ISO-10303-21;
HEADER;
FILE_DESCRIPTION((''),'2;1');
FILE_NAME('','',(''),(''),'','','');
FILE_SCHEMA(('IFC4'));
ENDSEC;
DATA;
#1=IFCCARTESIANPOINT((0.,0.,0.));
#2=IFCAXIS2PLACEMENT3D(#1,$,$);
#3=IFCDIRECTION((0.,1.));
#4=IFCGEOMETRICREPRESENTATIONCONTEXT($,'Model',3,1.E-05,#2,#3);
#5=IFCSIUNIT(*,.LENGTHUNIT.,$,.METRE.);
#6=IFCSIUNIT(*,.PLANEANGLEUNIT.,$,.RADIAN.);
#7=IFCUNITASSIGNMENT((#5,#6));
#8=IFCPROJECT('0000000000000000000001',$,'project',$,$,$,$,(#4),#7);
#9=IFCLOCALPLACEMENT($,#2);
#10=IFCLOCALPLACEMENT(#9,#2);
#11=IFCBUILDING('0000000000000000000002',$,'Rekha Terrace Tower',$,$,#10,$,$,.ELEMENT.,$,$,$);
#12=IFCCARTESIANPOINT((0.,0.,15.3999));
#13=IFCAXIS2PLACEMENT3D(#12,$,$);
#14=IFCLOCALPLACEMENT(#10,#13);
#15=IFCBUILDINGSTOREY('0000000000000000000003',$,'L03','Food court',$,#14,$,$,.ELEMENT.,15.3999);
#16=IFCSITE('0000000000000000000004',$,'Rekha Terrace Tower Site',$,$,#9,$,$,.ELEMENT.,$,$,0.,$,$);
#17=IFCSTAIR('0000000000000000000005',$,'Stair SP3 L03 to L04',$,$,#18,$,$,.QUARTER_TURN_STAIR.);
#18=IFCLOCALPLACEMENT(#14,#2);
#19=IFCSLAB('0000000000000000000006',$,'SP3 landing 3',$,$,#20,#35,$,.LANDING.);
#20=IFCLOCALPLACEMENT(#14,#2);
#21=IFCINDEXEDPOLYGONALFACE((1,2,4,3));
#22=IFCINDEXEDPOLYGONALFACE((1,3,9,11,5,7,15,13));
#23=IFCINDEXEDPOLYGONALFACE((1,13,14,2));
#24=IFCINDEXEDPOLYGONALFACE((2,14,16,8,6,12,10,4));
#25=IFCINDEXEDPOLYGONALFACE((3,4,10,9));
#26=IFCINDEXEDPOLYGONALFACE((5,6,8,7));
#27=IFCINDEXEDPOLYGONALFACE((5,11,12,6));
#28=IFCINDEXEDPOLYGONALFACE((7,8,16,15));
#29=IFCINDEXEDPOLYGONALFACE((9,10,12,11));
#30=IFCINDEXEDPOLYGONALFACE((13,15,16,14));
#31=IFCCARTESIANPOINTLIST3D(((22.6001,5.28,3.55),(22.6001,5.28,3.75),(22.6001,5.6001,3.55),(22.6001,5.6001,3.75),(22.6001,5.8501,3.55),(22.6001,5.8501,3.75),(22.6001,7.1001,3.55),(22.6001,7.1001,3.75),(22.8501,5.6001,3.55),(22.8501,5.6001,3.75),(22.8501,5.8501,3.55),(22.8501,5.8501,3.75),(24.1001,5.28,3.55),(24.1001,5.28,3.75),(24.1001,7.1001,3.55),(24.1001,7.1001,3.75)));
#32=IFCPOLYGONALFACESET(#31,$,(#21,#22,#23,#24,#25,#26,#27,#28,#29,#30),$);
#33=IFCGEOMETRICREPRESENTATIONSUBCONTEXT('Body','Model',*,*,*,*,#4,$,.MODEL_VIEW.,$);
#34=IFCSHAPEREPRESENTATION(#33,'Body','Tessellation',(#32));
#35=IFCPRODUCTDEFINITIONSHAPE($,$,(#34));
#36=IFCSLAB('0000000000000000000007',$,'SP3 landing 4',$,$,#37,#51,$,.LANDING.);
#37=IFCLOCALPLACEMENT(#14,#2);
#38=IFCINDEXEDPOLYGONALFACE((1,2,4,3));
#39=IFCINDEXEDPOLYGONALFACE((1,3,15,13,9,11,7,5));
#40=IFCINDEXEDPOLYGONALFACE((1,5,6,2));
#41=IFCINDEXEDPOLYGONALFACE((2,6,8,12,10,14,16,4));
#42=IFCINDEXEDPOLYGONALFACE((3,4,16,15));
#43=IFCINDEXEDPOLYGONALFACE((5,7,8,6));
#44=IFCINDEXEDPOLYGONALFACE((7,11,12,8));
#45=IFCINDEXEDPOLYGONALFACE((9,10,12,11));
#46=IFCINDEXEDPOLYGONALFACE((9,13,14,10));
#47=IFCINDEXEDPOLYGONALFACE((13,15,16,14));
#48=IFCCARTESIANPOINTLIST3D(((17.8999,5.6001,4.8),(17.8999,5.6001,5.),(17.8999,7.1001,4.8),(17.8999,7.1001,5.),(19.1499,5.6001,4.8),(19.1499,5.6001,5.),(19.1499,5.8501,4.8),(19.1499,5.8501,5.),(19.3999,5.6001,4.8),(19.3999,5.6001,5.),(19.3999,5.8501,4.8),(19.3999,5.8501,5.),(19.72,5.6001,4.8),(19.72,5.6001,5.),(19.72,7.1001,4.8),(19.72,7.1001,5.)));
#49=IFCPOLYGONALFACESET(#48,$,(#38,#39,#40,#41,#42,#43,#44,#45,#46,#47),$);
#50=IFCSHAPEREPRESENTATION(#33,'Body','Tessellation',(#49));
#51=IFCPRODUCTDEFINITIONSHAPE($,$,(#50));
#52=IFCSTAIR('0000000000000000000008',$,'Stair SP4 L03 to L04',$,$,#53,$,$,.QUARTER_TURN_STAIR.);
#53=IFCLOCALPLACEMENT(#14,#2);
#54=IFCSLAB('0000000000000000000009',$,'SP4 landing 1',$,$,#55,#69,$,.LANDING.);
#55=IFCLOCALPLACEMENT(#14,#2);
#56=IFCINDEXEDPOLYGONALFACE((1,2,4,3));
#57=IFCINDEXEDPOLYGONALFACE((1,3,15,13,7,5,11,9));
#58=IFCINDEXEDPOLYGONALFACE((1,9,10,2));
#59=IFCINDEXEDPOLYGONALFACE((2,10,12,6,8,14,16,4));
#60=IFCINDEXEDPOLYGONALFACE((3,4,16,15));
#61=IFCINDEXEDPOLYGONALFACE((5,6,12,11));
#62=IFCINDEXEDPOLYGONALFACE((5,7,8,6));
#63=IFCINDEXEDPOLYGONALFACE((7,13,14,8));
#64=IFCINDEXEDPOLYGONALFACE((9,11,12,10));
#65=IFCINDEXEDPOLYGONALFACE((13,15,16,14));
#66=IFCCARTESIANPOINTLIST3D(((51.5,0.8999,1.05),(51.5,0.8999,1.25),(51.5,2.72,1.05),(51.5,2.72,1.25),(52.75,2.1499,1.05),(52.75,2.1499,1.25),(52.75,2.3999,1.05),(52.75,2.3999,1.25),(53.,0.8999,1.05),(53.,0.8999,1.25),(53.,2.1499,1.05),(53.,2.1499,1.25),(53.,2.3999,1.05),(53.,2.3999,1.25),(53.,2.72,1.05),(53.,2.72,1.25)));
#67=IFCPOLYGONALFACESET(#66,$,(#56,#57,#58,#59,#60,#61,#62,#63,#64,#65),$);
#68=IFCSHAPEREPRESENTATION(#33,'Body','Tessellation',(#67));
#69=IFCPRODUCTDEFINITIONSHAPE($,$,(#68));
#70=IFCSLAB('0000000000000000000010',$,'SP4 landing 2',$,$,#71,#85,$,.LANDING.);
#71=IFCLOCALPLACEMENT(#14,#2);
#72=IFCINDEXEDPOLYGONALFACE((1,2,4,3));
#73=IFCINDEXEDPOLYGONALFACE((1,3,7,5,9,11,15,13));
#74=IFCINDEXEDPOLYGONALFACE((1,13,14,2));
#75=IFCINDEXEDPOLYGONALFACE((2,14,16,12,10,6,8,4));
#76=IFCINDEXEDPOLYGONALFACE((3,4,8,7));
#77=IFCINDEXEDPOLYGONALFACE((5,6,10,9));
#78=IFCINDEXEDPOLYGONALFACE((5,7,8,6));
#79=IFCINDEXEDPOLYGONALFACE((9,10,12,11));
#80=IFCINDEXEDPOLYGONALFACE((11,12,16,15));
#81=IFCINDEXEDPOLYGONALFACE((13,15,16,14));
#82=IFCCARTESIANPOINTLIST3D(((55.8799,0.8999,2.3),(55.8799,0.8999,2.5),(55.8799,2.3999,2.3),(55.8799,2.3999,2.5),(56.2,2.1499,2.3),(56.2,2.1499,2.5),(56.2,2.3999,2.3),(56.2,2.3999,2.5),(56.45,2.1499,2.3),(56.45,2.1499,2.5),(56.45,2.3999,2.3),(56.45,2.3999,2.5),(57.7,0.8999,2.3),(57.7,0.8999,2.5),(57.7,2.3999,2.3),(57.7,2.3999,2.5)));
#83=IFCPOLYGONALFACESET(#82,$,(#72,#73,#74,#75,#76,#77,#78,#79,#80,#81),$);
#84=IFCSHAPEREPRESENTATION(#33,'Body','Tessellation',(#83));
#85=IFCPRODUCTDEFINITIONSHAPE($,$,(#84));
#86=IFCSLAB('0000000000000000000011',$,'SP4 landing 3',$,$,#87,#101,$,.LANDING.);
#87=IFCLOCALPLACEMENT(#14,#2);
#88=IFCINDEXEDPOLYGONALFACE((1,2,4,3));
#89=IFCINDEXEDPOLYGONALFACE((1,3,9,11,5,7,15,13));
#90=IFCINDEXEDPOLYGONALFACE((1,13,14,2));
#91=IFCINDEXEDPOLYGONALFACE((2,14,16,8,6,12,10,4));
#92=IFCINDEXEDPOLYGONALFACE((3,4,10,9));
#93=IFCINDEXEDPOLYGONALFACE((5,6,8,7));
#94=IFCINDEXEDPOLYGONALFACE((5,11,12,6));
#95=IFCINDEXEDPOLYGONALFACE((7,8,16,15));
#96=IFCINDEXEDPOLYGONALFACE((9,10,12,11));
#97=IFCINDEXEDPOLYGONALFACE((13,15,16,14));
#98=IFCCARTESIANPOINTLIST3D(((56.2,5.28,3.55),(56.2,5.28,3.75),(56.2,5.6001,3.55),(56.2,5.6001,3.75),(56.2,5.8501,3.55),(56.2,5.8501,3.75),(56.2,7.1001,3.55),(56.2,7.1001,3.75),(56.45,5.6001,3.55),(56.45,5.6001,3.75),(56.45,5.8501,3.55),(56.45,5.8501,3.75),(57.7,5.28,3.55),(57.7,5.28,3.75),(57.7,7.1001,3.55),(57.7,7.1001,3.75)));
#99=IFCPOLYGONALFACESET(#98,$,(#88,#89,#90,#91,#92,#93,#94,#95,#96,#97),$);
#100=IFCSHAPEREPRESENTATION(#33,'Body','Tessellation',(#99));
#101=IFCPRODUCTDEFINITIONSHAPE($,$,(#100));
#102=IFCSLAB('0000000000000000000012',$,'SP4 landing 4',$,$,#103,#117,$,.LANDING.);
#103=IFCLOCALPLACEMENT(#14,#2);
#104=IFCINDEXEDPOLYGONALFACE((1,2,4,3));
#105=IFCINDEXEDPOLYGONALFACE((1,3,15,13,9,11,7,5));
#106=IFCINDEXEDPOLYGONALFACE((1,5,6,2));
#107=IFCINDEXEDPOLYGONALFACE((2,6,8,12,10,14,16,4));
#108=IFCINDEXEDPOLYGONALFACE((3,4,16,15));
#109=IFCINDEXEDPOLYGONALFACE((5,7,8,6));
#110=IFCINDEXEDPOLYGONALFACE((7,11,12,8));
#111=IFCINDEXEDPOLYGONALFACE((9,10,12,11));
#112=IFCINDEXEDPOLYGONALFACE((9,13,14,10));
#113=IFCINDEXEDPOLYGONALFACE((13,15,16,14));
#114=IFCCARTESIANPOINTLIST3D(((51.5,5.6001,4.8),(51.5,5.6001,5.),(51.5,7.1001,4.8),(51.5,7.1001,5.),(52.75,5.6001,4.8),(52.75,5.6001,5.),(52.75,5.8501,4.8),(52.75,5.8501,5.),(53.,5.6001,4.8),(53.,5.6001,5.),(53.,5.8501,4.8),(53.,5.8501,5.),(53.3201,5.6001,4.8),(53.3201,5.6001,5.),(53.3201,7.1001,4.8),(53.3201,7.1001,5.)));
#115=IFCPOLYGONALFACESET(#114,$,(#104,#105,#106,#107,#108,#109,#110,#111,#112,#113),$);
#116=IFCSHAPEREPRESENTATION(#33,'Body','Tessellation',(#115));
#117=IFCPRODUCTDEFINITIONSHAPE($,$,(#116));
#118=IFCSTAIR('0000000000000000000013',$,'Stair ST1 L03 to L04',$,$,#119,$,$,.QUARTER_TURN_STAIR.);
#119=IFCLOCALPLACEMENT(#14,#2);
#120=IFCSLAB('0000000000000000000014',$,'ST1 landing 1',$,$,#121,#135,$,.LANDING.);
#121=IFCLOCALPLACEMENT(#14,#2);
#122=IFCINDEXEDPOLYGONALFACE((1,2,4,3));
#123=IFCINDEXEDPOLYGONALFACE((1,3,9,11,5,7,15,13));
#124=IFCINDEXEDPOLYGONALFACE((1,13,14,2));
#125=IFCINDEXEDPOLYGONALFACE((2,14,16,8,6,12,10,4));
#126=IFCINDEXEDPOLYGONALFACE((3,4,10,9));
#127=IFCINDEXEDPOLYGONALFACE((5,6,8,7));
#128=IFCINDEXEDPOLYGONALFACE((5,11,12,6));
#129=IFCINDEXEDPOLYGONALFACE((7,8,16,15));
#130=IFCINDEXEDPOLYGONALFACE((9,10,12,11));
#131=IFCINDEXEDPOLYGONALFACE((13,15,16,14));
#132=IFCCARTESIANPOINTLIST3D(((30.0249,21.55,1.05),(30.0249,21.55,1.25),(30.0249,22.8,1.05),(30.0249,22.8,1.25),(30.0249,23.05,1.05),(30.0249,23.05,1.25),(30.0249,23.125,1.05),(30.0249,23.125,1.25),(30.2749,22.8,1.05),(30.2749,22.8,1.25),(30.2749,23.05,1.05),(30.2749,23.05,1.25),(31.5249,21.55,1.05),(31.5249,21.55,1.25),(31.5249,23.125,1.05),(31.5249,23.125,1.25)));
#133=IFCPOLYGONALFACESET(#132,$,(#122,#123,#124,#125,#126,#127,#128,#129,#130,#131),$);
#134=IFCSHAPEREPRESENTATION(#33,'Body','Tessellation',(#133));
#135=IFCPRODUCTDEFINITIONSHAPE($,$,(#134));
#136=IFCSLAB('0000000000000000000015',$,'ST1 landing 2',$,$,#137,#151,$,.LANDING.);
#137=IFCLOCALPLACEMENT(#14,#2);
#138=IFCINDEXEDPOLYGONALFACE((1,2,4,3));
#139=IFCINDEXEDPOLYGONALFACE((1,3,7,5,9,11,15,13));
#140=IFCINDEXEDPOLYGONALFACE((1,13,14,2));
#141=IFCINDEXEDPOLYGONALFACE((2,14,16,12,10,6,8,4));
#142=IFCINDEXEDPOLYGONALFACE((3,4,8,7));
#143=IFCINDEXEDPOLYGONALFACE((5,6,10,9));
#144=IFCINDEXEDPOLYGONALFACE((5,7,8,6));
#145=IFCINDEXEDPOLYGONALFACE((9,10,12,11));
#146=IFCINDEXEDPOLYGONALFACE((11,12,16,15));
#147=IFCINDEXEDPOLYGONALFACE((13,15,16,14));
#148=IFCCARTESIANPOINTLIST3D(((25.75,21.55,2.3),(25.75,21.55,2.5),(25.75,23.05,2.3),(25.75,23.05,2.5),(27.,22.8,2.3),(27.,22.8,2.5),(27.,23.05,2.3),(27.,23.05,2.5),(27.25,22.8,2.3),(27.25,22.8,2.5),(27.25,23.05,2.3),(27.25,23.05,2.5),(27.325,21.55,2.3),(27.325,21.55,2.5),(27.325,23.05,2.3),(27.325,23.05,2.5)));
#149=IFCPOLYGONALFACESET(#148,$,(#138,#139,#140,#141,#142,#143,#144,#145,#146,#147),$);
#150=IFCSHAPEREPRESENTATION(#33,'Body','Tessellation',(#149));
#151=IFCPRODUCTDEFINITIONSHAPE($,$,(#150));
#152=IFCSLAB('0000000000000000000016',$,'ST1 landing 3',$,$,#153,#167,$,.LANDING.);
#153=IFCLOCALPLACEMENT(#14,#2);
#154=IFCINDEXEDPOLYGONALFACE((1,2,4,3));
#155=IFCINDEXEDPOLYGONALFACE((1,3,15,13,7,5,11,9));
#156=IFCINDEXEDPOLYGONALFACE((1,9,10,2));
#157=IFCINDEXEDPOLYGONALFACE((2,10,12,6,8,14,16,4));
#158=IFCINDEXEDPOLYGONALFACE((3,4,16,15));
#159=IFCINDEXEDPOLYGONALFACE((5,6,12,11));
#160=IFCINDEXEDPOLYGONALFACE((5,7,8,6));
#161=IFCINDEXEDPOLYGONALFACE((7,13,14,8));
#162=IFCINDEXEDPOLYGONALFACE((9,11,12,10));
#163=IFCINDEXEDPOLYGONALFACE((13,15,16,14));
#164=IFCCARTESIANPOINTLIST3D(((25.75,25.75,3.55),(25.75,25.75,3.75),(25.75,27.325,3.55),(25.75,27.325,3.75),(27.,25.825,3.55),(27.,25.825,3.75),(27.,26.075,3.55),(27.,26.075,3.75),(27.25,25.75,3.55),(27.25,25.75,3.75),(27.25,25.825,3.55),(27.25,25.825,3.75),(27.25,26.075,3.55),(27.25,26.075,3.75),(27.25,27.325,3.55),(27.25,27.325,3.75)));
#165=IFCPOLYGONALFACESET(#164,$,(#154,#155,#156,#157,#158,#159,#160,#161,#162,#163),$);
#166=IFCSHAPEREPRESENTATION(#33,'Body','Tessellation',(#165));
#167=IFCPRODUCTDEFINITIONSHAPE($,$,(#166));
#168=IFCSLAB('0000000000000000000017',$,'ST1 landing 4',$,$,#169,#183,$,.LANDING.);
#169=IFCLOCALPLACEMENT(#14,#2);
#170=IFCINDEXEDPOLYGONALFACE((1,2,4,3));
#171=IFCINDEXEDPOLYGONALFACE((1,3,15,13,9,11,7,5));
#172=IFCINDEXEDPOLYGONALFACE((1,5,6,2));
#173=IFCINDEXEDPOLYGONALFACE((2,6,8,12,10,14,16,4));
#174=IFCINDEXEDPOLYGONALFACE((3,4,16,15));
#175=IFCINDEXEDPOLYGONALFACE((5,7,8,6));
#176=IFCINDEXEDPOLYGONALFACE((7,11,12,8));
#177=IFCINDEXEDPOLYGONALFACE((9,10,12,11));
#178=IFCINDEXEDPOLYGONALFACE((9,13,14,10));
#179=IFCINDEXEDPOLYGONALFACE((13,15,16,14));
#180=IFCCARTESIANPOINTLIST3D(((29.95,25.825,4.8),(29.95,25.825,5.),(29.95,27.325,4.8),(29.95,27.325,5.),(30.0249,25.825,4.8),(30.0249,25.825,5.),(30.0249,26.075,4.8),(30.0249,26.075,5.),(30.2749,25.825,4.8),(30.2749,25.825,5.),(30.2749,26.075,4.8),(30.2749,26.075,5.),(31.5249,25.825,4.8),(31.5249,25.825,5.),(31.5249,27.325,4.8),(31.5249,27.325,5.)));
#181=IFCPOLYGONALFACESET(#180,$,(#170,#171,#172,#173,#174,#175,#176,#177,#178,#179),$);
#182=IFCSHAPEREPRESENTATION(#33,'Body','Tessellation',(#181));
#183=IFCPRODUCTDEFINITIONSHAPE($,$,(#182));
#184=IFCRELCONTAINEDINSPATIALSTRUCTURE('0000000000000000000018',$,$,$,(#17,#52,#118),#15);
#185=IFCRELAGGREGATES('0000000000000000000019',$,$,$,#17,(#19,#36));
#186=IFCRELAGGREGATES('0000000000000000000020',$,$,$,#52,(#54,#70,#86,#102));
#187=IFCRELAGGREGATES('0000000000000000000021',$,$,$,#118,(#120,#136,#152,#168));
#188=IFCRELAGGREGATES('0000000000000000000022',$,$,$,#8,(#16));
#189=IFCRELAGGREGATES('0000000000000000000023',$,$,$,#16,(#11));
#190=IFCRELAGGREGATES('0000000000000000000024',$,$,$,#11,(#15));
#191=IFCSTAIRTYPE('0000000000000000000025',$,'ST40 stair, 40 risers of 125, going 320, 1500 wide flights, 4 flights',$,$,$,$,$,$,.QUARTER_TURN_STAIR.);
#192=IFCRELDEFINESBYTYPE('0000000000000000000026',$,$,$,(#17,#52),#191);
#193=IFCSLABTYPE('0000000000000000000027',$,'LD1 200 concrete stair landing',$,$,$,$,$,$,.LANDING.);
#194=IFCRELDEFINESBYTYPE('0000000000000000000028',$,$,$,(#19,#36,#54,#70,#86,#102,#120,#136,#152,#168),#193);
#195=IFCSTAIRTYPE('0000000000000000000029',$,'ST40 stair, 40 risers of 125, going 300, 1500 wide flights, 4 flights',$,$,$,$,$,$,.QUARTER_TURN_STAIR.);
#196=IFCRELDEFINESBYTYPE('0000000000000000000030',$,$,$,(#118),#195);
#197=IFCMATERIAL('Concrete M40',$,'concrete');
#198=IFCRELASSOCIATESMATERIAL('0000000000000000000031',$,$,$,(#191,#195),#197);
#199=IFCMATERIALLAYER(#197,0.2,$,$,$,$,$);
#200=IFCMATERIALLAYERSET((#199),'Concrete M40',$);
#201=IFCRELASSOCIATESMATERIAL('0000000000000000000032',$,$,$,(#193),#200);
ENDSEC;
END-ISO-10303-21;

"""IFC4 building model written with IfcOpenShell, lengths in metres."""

from ifc_helpers import new_model, si_unit, direction, frame, origin, place, context, subcontext, project, spatial, polyline, outline, extrude, material, layer, layer_set, type_object, element, aggregate, save


model = new_model("IFC4")

# Units and contexts
model_context = context("Model", 3, precision=1e-05, world=origin(), true_north=direction((0.0, 1.0)))
body_context = subcontext(model_context, "Body", "Model", "MODEL_VIEW")
ifc_project = project(units=[si_unit("LENGTHUNIT", "METRE"), si_unit("PLANEANGLEUNIT", "RADIAN")], contexts=[model_context])

# Site, building, storey
site_placement = place(None, origin())
site = spatial("IfcSite", under=ifc_project, at=site_placement, Name="Rekha Terrace Tower Site", CompositionType="ELEMENT", RefElevation=0.0)
building_placement = place(site_placement, origin())
building = spatial("IfcBuilding", under=site, at=building_placement, Name="Rekha Terrace Tower", CompositionType="ELEMENT")
storey_placement = place(building_placement, frame((0.0, 0.0, 15.3999)))
storey = spatial("IfcBuildingStorey", under=building, at=storey_placement, Name="L03", Description="Food court", CompositionType="ELEMENT", Elevation=15.3999)

# Stairs, slabs
ifc_material_1 = material(Name="Concrete M40", Category="concrete")
stair_type_1 = type_object("IfcStairType", Name="ST40 stair, 40 risers of 125, going 320, 1500 wide flights, 4 flights", PredefinedType="QUARTER_TURN_STAIR", material=ifc_material_1)
ifc_layer_1 = layer(ifc_material_1, 0.2)
ifc_layer_set_1 = layer_set([ifc_layer_1], Name="Concrete M40")
slab_type_1 = type_object("IfcSlabType", Name="LD1 200 concrete stair landing", PredefinedType="LANDING", material=ifc_layer_set_1)
stair_1_placement = place(storey_placement, origin())
stair_1 = element("IfcStair", 1, at=stair_1_placement, inside=storey, type_object=stair_type_1, Name="Stair SP3 L03 to L04", PredefinedType="QUARTER_TURN_STAIR")
slab_1_placement = place(storey_placement, frame((0.0, 0.0, 3.55)))
slab_1 = element("IfcSlab", 2, at=slab_1_placement, type_object=slab_type_1, Name="SP3 landing 3", PredefinedType="LANDING", context=body_context, shape_type="SweptSolid", body=[
    extrude(outline(polyline([(22.6001, 7.1001), (24.1001, 7.1001), (24.1001, 5.28), (22.6001, 5.28), (22.6001, 5.6001), (22.8501, 5.6001), (22.8501, 5.8501), (22.6001, 5.8501), (22.6001, 7.1001)])), origin(), (0.0, 0.0, 1.0), 0.2),
])
slab_2_placement = place(storey_placement, frame((0.0, 0.0, 4.8)))
slab_2 = element("IfcSlab", 3, at=slab_2_placement, type_object=slab_type_1, Name="SP3 landing 4", PredefinedType="LANDING", context=body_context, shape_type="SweptSolid", body=[
    extrude(outline(polyline([(17.8999, 5.6001), (17.8999, 7.1001), (19.72, 7.1001), (19.72, 5.6001), (19.3999, 5.6001), (19.3999, 5.8501), (19.1499, 5.8501), (19.1499, 5.6001), (17.8999, 5.6001)])), origin(), (0.0, 0.0, 1.0), 0.2),
])
aggregate(stair_1, [slab_1, slab_2])
stair_2_placement = place(storey_placement, origin())
stair_2 = element("IfcStair", 4, at=stair_2_placement, inside=storey, type_object=stair_type_1, Name="Stair SP4 L03 to L04", PredefinedType="QUARTER_TURN_STAIR")
slab_3_placement = place(storey_placement, frame((0.0, 0.0, 1.05)))
slab_3 = element("IfcSlab", 5, at=slab_3_placement, type_object=slab_type_1, Name="SP4 landing 1", PredefinedType="LANDING", context=body_context, shape_type="SweptSolid", body=[
    extrude(outline(polyline([(53.0, 0.8999), (51.5, 0.8999), (51.5, 2.72), (53.0, 2.72), (53.0, 2.3999), (52.75, 2.3999), (52.75, 2.1499), (53.0, 2.1499), (53.0, 0.8999)])), origin(), (0.0, 0.0, 1.0), 0.2),
])
slab_4_placement = place(storey_placement, frame((0.0, 0.0, 2.3)))
slab_4 = element("IfcSlab", 6, at=slab_4_placement, type_object=slab_type_1, Name="SP4 landing 2", PredefinedType="LANDING", context=body_context, shape_type="SweptSolid", body=[
    extrude(outline(polyline([(57.7, 2.3999), (57.7, 0.8999), (55.8799, 0.8999), (55.8799, 2.3999), (56.2, 2.3999), (56.2, 2.1499), (56.45, 2.1499), (56.45, 2.3999), (57.7, 2.3999)])), origin(), (0.0, 0.0, 1.0), 0.2),
])
slab_5_placement = place(storey_placement, frame((0.0, 0.0, 3.55)))
slab_5 = element("IfcSlab", 7, at=slab_5_placement, type_object=slab_type_1, Name="SP4 landing 3", PredefinedType="LANDING", context=body_context, shape_type="SweptSolid", body=[
    extrude(outline(polyline([(56.2, 7.1001), (57.7, 7.1001), (57.7, 5.28), (56.2, 5.28), (56.2, 5.6001), (56.45, 5.6001), (56.45, 5.8501), (56.2, 5.8501), (56.2, 7.1001)])), origin(), (0.0, 0.0, 1.0), 0.2),
])
slab_6_placement = place(storey_placement, frame((0.0, 0.0, 4.8)))
slab_6 = element("IfcSlab", 8, at=slab_6_placement, type_object=slab_type_1, Name="SP4 landing 4", PredefinedType="LANDING", context=body_context, shape_type="SweptSolid", body=[
    extrude(outline(polyline([(51.5, 5.6001), (51.5, 7.1001), (53.3201, 7.1001), (53.3201, 5.6001), (53.0, 5.6001), (53.0, 5.8501), (52.75, 5.8501), (52.75, 5.6001), (51.5, 5.6001)])), origin(), (0.0, 0.0, 1.0), 0.2),
])
aggregate(stair_2, [slab_3, slab_4, slab_5, slab_6])
stair_type_2 = type_object("IfcStairType", Name="ST40 stair, 40 risers of 125, going 300, 1500 wide flights, 4 flights", PredefinedType="QUARTER_TURN_STAIR", material=ifc_material_1)
stair_3_placement = place(storey_placement, origin())
stair_3 = element("IfcStair", 9, at=stair_3_placement, inside=storey, type_object=stair_type_2, Name="Stair ST1 L03 to L04", PredefinedType="QUARTER_TURN_STAIR")
slab_7_placement = place(storey_placement, frame((0.0, 0.0, 1.05)))
slab_7 = element("IfcSlab", 10, at=slab_7_placement, type_object=slab_type_1, Name="ST1 landing 1", PredefinedType="LANDING", context=body_context, shape_type="SweptSolid", body=[
    extrude(outline(polyline([(30.0249, 21.55), (31.5249, 21.55), (31.5249, 23.125), (30.0249, 23.125), (30.0249, 23.05), (30.2749, 23.05), (30.2749, 22.8), (30.0249, 22.8), (30.0249, 21.55)])), origin(), (0.0, 0.0, 1.0), 0.2),
])
slab_8_placement = place(storey_placement, frame((0.0, 0.0, 2.3)))
slab_8 = element("IfcSlab", 11, at=slab_8_placement, type_object=slab_type_1, Name="ST1 landing 2", PredefinedType="LANDING", context=body_context, shape_type="SweptSolid", body=[
    extrude(outline(polyline([(25.75, 23.05), (25.75, 21.55), (27.325, 21.55), (27.325, 23.05), (27.25, 23.05), (27.25, 22.8), (27.0, 22.8), (27.0, 23.05), (25.75, 23.05)])), origin(), (0.0, 0.0, 1.0), 0.2),
])
slab_9_placement = place(storey_placement, frame((0.0, 0.0, 3.55)))
slab_9 = element("IfcSlab", 12, at=slab_9_placement, type_object=slab_type_1, Name="ST1 landing 3", PredefinedType="LANDING", context=body_context, shape_type="SweptSolid", body=[
    extrude(outline(polyline([(27.25, 27.325), (25.75, 27.325), (25.75, 25.75), (27.25, 25.75), (27.25, 25.825), (27.0, 25.825), (27.0, 26.075), (27.25, 26.075), (27.25, 27.325)])), origin(), (0.0, 0.0, 1.0), 0.2),
])
slab_10_placement = place(storey_placement, frame((0.0, 0.0, 4.8)))
slab_10 = element("IfcSlab", 13, at=slab_10_placement, type_object=slab_type_1, Name="ST1 landing 4", PredefinedType="LANDING", context=body_context, shape_type="SweptSolid", body=[
    extrude(outline(polyline([(31.5249, 25.825), (31.5249, 27.325), (29.95, 27.325), (29.95, 25.825), (30.0249, 25.825), (30.0249, 26.075), (30.2749, 26.075), (30.2749, 25.825), (31.5249, 25.825)])), origin(), (0.0, 0.0, 1.0), 0.2),
])
aggregate(stair_3, [slab_7, slab_8, slab_9, slab_10])

save(model, "model.ifc")
